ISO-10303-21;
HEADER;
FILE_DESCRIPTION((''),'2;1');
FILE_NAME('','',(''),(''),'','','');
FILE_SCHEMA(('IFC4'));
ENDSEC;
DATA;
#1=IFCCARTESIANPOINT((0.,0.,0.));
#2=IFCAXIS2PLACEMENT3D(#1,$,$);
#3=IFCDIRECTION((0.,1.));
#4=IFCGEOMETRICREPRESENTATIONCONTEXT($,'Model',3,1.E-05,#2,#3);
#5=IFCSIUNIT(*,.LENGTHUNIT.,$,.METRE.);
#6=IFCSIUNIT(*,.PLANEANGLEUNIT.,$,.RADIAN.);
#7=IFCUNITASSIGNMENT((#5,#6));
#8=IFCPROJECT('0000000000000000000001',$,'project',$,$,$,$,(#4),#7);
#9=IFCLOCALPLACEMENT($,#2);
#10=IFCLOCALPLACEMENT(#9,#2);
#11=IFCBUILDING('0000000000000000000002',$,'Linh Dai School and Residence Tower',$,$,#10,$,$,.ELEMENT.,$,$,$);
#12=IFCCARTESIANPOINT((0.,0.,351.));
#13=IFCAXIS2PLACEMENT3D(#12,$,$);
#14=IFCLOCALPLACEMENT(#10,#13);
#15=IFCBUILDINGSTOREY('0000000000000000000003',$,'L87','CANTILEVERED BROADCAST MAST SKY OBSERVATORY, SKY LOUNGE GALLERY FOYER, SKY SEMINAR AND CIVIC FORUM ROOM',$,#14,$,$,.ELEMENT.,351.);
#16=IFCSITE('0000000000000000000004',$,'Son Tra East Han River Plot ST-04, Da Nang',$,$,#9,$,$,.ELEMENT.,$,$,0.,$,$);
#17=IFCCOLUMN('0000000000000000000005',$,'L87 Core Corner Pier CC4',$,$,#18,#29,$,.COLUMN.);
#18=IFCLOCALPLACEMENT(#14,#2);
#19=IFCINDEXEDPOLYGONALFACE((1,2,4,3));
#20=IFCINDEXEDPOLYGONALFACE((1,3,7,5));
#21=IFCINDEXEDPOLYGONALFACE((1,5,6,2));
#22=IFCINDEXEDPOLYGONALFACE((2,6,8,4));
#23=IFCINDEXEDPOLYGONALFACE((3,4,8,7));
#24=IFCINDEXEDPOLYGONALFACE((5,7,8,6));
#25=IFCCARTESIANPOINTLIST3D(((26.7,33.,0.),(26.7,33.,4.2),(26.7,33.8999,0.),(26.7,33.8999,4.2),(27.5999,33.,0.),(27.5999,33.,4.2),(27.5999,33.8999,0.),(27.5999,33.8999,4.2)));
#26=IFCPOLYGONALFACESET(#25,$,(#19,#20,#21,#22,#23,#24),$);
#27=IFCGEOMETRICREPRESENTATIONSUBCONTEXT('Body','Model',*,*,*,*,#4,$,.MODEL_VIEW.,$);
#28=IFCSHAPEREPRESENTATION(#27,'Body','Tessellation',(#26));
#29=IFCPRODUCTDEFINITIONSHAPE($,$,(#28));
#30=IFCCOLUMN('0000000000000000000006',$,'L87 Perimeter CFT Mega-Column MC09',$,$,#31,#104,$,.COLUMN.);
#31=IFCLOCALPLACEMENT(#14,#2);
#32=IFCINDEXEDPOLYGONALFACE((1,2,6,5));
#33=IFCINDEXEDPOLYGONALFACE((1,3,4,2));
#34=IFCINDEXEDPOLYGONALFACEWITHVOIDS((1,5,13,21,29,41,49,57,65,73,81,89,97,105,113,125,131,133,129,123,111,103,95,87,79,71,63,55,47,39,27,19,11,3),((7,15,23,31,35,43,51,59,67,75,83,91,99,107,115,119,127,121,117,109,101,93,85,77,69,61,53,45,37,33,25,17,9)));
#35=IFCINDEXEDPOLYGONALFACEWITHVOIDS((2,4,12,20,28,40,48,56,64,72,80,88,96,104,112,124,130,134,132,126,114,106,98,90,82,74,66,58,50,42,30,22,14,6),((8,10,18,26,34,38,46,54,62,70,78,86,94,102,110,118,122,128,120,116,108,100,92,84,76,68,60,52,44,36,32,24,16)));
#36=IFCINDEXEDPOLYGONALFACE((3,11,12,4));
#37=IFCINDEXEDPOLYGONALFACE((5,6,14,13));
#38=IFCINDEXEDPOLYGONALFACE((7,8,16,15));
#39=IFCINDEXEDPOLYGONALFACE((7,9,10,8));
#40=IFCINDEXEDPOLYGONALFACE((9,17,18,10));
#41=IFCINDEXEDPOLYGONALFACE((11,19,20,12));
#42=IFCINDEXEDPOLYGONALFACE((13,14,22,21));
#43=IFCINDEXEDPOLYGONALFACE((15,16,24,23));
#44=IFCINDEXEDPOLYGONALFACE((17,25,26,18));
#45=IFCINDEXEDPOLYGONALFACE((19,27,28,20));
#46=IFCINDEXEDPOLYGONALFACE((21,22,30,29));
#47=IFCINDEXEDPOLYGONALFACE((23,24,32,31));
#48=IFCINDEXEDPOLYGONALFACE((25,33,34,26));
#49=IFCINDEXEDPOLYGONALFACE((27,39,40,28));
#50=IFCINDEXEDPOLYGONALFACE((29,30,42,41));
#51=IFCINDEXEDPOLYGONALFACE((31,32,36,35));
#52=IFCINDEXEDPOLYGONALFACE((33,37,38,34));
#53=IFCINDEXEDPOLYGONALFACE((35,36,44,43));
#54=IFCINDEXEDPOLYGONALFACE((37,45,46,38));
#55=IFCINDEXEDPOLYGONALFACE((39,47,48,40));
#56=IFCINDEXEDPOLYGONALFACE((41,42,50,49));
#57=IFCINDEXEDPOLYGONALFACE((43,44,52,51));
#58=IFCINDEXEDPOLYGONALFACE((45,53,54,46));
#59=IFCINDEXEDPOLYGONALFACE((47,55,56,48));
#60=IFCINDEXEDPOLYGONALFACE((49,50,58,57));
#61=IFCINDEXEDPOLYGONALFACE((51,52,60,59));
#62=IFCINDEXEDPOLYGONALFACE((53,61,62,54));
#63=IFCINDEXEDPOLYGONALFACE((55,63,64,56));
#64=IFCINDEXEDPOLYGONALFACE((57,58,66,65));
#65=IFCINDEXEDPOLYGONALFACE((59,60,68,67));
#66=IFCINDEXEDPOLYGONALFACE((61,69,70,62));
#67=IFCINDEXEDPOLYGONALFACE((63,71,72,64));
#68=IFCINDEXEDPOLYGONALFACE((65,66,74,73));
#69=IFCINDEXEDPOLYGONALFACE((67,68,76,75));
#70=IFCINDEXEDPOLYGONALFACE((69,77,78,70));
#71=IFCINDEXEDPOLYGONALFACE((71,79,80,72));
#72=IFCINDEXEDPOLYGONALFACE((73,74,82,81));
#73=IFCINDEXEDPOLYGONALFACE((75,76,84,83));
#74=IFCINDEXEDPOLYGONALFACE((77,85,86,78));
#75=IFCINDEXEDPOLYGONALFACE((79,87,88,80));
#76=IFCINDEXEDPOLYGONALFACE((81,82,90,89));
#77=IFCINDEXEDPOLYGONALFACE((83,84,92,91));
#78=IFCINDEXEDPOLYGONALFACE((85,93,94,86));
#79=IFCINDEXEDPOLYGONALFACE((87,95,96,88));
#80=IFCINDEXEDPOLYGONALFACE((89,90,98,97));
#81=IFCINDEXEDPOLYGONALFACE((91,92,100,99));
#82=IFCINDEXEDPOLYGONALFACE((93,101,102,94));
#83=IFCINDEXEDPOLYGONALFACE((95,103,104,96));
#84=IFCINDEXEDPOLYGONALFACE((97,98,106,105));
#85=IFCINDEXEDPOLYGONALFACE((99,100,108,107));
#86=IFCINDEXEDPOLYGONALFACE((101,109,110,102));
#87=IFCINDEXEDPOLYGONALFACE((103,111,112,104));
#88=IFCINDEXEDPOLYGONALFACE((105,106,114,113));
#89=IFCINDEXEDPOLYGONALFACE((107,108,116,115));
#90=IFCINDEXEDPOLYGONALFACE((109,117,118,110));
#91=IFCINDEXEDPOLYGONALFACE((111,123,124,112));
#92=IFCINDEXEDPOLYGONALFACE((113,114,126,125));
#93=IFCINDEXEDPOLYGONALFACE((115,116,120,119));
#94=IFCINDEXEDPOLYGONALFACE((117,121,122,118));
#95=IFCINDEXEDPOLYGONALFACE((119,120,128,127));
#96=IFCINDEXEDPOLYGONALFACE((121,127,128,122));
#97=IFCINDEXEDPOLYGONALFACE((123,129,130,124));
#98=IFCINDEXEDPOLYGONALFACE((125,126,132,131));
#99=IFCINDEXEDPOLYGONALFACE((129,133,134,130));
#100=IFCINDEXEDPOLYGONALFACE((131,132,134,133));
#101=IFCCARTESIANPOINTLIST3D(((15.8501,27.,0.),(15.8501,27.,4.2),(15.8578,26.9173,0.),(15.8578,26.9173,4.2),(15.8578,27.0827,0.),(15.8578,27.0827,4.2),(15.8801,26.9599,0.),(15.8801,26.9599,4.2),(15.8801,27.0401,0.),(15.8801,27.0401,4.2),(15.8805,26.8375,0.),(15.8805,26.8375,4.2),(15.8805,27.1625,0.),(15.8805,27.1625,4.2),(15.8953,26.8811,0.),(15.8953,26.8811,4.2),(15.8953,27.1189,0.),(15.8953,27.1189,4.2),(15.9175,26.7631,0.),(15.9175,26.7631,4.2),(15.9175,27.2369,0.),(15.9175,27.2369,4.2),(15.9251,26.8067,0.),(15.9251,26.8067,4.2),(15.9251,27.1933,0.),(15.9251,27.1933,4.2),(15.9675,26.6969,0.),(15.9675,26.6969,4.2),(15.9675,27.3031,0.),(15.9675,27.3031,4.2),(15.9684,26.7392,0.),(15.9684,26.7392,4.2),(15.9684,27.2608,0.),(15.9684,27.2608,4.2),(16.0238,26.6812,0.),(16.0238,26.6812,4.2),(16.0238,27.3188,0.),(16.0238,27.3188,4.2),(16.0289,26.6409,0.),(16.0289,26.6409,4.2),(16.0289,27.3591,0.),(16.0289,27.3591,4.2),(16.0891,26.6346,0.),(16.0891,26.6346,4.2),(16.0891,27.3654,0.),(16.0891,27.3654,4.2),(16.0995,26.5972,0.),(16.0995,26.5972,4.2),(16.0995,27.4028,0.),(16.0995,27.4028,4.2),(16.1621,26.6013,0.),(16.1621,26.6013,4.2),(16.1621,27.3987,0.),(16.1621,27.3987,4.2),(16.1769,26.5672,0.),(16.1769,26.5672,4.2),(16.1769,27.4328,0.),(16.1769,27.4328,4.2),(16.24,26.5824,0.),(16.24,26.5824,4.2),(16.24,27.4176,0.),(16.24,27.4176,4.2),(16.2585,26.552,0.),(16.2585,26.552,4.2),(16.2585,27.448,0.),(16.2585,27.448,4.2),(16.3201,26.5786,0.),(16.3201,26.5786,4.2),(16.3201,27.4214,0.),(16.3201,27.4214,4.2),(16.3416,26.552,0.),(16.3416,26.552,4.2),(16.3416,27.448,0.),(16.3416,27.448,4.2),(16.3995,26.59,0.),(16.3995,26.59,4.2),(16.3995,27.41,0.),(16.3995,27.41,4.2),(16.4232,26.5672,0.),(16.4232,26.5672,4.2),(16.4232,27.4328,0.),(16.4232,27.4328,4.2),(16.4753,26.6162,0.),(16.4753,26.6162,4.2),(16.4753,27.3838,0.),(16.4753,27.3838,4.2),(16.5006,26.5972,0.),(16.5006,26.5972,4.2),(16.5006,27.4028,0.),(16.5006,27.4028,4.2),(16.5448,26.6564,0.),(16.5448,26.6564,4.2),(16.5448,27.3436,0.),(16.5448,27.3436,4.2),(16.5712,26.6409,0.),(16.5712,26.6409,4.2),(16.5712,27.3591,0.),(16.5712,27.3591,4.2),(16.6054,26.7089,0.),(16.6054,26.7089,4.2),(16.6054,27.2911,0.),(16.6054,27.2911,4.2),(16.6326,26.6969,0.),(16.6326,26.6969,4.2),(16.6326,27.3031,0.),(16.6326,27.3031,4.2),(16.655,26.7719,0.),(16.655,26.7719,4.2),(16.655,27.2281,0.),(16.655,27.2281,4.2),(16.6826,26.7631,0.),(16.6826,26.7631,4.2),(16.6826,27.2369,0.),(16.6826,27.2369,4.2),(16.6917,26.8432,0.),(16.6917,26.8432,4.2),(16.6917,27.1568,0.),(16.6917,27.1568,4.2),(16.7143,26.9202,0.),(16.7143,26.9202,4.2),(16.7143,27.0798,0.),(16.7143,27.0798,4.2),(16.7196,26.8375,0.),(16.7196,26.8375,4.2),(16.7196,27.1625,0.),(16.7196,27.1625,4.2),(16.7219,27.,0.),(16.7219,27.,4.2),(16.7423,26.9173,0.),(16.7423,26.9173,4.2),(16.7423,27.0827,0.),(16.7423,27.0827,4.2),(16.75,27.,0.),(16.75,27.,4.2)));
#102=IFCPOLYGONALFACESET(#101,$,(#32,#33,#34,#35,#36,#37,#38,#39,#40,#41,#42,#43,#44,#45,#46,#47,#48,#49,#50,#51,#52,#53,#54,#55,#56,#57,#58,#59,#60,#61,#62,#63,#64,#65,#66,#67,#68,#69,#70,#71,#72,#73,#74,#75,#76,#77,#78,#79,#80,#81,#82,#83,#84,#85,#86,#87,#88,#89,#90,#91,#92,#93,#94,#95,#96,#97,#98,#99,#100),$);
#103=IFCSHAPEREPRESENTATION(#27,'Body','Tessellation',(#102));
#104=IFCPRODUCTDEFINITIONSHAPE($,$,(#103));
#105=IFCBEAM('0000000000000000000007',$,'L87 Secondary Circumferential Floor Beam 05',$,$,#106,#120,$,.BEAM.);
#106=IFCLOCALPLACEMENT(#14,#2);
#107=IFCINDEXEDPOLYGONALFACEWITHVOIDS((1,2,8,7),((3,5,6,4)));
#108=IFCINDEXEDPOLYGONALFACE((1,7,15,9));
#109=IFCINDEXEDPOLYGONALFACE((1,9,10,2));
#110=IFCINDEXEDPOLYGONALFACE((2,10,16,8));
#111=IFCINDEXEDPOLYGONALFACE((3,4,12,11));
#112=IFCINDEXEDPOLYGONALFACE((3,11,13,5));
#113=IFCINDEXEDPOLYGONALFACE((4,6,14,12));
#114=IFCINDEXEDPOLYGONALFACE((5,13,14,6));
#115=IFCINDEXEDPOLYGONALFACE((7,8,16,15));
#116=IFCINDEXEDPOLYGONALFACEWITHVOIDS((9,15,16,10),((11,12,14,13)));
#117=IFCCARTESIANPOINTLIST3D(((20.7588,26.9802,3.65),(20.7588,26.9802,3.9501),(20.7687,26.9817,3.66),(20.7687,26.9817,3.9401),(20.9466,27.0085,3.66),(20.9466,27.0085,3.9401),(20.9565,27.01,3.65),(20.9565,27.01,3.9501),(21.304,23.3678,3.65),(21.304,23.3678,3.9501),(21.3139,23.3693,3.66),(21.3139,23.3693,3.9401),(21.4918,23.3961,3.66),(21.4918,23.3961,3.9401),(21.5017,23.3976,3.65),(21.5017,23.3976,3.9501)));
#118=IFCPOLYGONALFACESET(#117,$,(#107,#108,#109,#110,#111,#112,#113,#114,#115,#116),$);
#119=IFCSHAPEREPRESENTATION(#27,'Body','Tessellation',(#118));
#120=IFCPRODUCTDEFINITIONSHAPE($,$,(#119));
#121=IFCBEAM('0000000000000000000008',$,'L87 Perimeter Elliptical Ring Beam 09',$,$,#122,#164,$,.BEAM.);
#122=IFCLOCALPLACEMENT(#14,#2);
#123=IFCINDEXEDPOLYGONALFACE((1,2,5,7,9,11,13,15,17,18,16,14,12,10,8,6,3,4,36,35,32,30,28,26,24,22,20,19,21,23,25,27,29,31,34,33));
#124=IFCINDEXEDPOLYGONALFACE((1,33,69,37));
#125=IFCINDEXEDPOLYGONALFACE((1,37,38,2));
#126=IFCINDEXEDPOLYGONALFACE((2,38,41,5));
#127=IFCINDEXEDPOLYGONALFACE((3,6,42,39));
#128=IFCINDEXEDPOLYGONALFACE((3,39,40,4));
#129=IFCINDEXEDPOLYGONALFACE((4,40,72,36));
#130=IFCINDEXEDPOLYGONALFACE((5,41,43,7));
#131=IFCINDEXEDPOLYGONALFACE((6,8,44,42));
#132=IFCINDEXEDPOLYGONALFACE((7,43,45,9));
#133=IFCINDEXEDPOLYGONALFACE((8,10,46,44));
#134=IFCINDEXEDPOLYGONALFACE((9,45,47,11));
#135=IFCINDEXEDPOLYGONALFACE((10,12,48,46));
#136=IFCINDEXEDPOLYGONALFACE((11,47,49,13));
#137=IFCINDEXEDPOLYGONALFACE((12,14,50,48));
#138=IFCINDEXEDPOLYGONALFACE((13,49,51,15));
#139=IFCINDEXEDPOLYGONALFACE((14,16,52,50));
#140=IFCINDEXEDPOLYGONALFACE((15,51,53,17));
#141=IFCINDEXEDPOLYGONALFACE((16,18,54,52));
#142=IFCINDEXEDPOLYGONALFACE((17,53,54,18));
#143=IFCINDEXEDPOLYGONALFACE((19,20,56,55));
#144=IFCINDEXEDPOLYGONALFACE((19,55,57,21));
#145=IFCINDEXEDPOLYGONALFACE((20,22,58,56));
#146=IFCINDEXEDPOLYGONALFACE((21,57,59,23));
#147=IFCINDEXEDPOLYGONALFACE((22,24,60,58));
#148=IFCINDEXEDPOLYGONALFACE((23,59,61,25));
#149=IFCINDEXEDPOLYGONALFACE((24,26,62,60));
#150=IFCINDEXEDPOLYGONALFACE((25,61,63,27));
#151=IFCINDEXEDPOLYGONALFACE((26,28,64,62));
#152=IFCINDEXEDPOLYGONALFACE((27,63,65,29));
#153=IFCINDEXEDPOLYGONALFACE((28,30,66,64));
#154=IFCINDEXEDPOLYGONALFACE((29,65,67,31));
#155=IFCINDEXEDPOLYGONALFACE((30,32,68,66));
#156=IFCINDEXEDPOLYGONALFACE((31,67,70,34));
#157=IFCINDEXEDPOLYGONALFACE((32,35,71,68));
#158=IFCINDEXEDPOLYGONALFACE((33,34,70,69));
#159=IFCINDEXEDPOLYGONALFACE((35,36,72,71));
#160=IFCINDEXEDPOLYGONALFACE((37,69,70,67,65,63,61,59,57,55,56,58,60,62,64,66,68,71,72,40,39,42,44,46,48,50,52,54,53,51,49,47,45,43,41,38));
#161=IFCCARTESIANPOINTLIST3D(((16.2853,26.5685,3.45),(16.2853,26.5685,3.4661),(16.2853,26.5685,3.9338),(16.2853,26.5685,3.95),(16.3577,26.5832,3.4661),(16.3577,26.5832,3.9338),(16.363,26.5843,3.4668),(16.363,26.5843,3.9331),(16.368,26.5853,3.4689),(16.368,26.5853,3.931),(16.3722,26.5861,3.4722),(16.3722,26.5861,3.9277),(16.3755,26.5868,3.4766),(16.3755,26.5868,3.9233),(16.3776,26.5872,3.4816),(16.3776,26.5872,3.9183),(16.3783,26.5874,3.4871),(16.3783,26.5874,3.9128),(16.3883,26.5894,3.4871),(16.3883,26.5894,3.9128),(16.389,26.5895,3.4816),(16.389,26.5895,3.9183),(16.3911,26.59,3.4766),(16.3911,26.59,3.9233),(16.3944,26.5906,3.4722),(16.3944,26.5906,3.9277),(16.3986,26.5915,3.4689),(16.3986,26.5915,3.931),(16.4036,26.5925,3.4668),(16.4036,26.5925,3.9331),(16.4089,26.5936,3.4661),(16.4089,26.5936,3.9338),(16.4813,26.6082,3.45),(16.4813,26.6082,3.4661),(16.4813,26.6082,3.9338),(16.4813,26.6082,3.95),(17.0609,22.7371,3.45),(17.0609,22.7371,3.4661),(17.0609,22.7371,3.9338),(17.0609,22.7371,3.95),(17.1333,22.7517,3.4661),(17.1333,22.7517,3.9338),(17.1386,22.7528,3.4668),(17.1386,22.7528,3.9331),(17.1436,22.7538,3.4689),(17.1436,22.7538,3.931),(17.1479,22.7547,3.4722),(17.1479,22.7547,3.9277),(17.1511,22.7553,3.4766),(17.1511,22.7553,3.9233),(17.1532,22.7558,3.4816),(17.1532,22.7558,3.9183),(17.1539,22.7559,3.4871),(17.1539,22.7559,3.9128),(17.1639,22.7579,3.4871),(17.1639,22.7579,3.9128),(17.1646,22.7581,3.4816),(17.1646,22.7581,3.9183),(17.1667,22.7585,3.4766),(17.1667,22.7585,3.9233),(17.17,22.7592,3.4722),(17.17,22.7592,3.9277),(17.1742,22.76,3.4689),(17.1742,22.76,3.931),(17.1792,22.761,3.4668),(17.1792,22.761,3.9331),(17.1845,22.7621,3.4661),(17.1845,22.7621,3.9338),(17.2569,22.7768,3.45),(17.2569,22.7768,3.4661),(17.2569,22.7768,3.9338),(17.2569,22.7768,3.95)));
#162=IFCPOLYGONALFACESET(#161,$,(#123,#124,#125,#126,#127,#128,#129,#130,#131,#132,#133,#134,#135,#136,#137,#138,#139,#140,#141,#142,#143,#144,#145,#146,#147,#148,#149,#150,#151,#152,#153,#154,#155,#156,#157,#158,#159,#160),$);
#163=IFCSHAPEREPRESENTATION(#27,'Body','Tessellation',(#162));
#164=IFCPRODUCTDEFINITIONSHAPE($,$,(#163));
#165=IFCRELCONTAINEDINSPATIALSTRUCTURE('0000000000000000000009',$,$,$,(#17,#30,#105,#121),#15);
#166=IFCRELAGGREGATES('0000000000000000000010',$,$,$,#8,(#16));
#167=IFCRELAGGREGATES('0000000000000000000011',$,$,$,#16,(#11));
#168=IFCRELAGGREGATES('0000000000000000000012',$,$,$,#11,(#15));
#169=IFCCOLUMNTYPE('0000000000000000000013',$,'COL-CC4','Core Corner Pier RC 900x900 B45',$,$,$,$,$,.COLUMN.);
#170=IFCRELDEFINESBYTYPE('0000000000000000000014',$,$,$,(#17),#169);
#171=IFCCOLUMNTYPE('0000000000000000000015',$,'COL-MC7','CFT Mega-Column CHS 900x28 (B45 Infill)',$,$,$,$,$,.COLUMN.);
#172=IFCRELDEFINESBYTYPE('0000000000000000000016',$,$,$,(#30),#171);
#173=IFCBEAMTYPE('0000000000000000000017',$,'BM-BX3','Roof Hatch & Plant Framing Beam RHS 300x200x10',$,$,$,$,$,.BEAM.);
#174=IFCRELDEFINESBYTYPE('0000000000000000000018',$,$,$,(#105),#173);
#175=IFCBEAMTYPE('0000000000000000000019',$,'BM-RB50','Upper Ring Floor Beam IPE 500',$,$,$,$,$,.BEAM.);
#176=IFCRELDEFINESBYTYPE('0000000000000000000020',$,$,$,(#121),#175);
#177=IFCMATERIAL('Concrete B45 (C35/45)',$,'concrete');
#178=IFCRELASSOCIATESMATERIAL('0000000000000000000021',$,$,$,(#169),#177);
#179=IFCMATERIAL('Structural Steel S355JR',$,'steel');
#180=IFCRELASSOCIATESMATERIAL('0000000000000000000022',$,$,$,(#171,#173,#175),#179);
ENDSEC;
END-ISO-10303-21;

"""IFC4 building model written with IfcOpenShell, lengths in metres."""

from ifc_helpers import new_model, si_unit, direction, frame, origin, origin_2d, place, context, subcontext, project, spatial, rectangle, hollow_rectangle, hollow_circle, i_section, extrude, material, material_profile, profile_set, type_object, element, save


model = new_model("IFC4")

# Units and contexts
model_context = context("Model", 3, precision=1e-05, world=origin(), true_north=direction((0.0, 1.0)))
body_context = subcontext(model_context, "Body", "Model", "MODEL_VIEW")
ifc_project = project(units=[si_unit("LENGTHUNIT", "METRE"), si_unit("PLANEANGLEUNIT", "RADIAN")], contexts=[model_context])

# Site, building, storey
site_placement = place(None, origin())
site = spatial("IfcSite", under=ifc_project, at=site_placement, Name="Son Tra East Han River Plot ST-04, Da Nang", CompositionType="ELEMENT", RefElevation=0.0)
building_placement = place(site_placement, origin())
building = spatial("IfcBuilding", under=site, at=building_placement, Name="Linh Dai School and Residence Tower", CompositionType="ELEMENT")
storey_placement = place(building_placement, frame((0.0, 0.0, 351.0)))
storey = spatial("IfcBuildingStorey", under=building, at=storey_placement, Name="L87", Description="CANTILEVERED BROADCAST MAST SKY OBSERVATORY, SKY LOUNGE GALLERY FOYER, SKY SEMINAR AND CIVIC FORUM ROOM", CompositionType="ELEMENT", Elevation=351.0)

# Columns
ifc_material_1 = material(Name="Concrete B45 (C35/45)", Category="concrete")
ifc_material_profile_1 = material_profile(ifc_material_1, rectangle(XDim=0.8999, YDim=0.8999, at=origin_2d()), Name="RC 900x900")
ifc_profile_set_1 = profile_set([ifc_material_profile_1], Name="Concrete B45 (C35/45)")
column_type_1 = type_object("IfcColumnType", Name="COL-CC4", Description="Core Corner Pier RC 900x900 B45", PredefinedType="COLUMN", material=ifc_profile_set_1)
column_1_placement = place(storey_placement, frame((27.1499, 33.45, 0.0), z_axis=(0.0, 0.0, 1.0), x_axis=(1.0, 0.0, 0.0)))
element("IfcColumn", 1, at=column_1_placement, inside=storey, type_object=column_type_1, Name="L87 Core Corner Pier CC4", PredefinedType="COLUMN", context=body_context, shape_type="SweptSolid", body=[
    extrude(rectangle(XDim=0.8999, YDim=0.8999, at=origin_2d()), origin(), (0.0, 0.0, 1.0), 4.2),
])
ifc_material_2 = material(Name="Structural Steel S355JR", Category="steel")
ifc_material_profile_2 = material_profile(ifc_material_2, hollow_circle(Radius=0.45, WallThickness=0.0281, at=origin_2d()), Name="CHS 900x28")
ifc_profile_set_2 = profile_set([ifc_material_profile_2], Name="Structural Steel S355JR")
column_type_2 = type_object("IfcColumnType", Name="COL-MC7", Description="CFT Mega-Column CHS 900x28 (B45 Infill)", PredefinedType="COLUMN", material=ifc_profile_set_2)
column_2_placement = place(storey_placement, frame((16.3, 27.0, 0.0), z_axis=(0.0, 0.0, 1.0), x_axis=(1.0, 0.0, 0.0)))
element("IfcColumn", 2, at=column_2_placement, inside=storey, type_object=column_type_2, Name="L87 Perimeter CFT Mega-Column MC09", PredefinedType="COLUMN", context=body_context, shape_type="SweptSolid", body=[
    extrude(hollow_circle(Radius=0.45, WallThickness=0.0281, at=origin_2d()), origin(), (0.0, 0.0, 1.0), 4.2),
])

# Beams
ifc_material_profile_3 = material_profile(ifc_material_2, hollow_rectangle(XDim=0.2, YDim=0.3, WallThickness=0.01, at=origin_2d()), Name="RHS 300x200x10")
ifc_profile_set_3 = profile_set([ifc_material_profile_3], Name="Structural Steel S355JR")
beam_type_1 = type_object("IfcBeamType", Name="BM-BX3", Description="Roof Hatch & Plant Framing Beam RHS 300x200x10", PredefinedType="BEAM", material=ifc_profile_set_3)
beam_1_placement = place(storey_placement, frame((20.8577, 26.9951, 3.8), z_axis=(0.149229, -0.988803, 0.0), x_axis=(0.988803, 0.149229, 0.0)))
element("IfcBeam", 3, at=beam_1_placement, inside=storey, type_object=beam_type_1, Name="L87 Secondary Circumferential Floor Beam 05", PredefinedType="BEAM", context=body_context, shape_type="SweptSolid", body=[
    extrude(hollow_rectangle(XDim=0.2, YDim=0.3, WallThickness=0.01, at=origin_2d()), origin(), (0.0, 0.0, 1.0), 3.6533),
])
ifc_material_profile_4 = material_profile(ifc_material_2, i_section(OverallWidth=0.2, OverallDepth=0.5, WebThickness=0.0103, FlangeThickness=0.0161, FilletRadius=0.021, at=origin_2d()), Name="IPE 500")
ifc_profile_set_4 = profile_set([ifc_material_profile_4], Name="Structural Steel S355JR")
beam_type_2 = type_object("IfcBeamType", Name="BM-RB50", Description="Upper Ring Floor Beam IPE 500", PredefinedType="BEAM", material=ifc_profile_set_4)
beam_2_placement = place(storey_placement, frame((16.3833, 26.5884, 3.7), z_axis=(0.19841, -0.980119, 0.0), x_axis=(0.980119, 0.19841, 0.0)))
element("IfcBeam", 4, at=beam_2_placement, inside=storey, type_object=beam_type_2, Name="L87 Perimeter Elliptical Ring Beam 09", PredefinedType="BEAM", context=body_context, shape_type="SweptSolid", body=[
    extrude(i_section(OverallWidth=0.2, OverallDepth=0.5, WebThickness=0.0103, FlangeThickness=0.0161, FilletRadius=0.021, at=origin_2d()), origin(), (0.0, 0.0, 1.0), 3.9092),
])

save(model, "model.ifc")
